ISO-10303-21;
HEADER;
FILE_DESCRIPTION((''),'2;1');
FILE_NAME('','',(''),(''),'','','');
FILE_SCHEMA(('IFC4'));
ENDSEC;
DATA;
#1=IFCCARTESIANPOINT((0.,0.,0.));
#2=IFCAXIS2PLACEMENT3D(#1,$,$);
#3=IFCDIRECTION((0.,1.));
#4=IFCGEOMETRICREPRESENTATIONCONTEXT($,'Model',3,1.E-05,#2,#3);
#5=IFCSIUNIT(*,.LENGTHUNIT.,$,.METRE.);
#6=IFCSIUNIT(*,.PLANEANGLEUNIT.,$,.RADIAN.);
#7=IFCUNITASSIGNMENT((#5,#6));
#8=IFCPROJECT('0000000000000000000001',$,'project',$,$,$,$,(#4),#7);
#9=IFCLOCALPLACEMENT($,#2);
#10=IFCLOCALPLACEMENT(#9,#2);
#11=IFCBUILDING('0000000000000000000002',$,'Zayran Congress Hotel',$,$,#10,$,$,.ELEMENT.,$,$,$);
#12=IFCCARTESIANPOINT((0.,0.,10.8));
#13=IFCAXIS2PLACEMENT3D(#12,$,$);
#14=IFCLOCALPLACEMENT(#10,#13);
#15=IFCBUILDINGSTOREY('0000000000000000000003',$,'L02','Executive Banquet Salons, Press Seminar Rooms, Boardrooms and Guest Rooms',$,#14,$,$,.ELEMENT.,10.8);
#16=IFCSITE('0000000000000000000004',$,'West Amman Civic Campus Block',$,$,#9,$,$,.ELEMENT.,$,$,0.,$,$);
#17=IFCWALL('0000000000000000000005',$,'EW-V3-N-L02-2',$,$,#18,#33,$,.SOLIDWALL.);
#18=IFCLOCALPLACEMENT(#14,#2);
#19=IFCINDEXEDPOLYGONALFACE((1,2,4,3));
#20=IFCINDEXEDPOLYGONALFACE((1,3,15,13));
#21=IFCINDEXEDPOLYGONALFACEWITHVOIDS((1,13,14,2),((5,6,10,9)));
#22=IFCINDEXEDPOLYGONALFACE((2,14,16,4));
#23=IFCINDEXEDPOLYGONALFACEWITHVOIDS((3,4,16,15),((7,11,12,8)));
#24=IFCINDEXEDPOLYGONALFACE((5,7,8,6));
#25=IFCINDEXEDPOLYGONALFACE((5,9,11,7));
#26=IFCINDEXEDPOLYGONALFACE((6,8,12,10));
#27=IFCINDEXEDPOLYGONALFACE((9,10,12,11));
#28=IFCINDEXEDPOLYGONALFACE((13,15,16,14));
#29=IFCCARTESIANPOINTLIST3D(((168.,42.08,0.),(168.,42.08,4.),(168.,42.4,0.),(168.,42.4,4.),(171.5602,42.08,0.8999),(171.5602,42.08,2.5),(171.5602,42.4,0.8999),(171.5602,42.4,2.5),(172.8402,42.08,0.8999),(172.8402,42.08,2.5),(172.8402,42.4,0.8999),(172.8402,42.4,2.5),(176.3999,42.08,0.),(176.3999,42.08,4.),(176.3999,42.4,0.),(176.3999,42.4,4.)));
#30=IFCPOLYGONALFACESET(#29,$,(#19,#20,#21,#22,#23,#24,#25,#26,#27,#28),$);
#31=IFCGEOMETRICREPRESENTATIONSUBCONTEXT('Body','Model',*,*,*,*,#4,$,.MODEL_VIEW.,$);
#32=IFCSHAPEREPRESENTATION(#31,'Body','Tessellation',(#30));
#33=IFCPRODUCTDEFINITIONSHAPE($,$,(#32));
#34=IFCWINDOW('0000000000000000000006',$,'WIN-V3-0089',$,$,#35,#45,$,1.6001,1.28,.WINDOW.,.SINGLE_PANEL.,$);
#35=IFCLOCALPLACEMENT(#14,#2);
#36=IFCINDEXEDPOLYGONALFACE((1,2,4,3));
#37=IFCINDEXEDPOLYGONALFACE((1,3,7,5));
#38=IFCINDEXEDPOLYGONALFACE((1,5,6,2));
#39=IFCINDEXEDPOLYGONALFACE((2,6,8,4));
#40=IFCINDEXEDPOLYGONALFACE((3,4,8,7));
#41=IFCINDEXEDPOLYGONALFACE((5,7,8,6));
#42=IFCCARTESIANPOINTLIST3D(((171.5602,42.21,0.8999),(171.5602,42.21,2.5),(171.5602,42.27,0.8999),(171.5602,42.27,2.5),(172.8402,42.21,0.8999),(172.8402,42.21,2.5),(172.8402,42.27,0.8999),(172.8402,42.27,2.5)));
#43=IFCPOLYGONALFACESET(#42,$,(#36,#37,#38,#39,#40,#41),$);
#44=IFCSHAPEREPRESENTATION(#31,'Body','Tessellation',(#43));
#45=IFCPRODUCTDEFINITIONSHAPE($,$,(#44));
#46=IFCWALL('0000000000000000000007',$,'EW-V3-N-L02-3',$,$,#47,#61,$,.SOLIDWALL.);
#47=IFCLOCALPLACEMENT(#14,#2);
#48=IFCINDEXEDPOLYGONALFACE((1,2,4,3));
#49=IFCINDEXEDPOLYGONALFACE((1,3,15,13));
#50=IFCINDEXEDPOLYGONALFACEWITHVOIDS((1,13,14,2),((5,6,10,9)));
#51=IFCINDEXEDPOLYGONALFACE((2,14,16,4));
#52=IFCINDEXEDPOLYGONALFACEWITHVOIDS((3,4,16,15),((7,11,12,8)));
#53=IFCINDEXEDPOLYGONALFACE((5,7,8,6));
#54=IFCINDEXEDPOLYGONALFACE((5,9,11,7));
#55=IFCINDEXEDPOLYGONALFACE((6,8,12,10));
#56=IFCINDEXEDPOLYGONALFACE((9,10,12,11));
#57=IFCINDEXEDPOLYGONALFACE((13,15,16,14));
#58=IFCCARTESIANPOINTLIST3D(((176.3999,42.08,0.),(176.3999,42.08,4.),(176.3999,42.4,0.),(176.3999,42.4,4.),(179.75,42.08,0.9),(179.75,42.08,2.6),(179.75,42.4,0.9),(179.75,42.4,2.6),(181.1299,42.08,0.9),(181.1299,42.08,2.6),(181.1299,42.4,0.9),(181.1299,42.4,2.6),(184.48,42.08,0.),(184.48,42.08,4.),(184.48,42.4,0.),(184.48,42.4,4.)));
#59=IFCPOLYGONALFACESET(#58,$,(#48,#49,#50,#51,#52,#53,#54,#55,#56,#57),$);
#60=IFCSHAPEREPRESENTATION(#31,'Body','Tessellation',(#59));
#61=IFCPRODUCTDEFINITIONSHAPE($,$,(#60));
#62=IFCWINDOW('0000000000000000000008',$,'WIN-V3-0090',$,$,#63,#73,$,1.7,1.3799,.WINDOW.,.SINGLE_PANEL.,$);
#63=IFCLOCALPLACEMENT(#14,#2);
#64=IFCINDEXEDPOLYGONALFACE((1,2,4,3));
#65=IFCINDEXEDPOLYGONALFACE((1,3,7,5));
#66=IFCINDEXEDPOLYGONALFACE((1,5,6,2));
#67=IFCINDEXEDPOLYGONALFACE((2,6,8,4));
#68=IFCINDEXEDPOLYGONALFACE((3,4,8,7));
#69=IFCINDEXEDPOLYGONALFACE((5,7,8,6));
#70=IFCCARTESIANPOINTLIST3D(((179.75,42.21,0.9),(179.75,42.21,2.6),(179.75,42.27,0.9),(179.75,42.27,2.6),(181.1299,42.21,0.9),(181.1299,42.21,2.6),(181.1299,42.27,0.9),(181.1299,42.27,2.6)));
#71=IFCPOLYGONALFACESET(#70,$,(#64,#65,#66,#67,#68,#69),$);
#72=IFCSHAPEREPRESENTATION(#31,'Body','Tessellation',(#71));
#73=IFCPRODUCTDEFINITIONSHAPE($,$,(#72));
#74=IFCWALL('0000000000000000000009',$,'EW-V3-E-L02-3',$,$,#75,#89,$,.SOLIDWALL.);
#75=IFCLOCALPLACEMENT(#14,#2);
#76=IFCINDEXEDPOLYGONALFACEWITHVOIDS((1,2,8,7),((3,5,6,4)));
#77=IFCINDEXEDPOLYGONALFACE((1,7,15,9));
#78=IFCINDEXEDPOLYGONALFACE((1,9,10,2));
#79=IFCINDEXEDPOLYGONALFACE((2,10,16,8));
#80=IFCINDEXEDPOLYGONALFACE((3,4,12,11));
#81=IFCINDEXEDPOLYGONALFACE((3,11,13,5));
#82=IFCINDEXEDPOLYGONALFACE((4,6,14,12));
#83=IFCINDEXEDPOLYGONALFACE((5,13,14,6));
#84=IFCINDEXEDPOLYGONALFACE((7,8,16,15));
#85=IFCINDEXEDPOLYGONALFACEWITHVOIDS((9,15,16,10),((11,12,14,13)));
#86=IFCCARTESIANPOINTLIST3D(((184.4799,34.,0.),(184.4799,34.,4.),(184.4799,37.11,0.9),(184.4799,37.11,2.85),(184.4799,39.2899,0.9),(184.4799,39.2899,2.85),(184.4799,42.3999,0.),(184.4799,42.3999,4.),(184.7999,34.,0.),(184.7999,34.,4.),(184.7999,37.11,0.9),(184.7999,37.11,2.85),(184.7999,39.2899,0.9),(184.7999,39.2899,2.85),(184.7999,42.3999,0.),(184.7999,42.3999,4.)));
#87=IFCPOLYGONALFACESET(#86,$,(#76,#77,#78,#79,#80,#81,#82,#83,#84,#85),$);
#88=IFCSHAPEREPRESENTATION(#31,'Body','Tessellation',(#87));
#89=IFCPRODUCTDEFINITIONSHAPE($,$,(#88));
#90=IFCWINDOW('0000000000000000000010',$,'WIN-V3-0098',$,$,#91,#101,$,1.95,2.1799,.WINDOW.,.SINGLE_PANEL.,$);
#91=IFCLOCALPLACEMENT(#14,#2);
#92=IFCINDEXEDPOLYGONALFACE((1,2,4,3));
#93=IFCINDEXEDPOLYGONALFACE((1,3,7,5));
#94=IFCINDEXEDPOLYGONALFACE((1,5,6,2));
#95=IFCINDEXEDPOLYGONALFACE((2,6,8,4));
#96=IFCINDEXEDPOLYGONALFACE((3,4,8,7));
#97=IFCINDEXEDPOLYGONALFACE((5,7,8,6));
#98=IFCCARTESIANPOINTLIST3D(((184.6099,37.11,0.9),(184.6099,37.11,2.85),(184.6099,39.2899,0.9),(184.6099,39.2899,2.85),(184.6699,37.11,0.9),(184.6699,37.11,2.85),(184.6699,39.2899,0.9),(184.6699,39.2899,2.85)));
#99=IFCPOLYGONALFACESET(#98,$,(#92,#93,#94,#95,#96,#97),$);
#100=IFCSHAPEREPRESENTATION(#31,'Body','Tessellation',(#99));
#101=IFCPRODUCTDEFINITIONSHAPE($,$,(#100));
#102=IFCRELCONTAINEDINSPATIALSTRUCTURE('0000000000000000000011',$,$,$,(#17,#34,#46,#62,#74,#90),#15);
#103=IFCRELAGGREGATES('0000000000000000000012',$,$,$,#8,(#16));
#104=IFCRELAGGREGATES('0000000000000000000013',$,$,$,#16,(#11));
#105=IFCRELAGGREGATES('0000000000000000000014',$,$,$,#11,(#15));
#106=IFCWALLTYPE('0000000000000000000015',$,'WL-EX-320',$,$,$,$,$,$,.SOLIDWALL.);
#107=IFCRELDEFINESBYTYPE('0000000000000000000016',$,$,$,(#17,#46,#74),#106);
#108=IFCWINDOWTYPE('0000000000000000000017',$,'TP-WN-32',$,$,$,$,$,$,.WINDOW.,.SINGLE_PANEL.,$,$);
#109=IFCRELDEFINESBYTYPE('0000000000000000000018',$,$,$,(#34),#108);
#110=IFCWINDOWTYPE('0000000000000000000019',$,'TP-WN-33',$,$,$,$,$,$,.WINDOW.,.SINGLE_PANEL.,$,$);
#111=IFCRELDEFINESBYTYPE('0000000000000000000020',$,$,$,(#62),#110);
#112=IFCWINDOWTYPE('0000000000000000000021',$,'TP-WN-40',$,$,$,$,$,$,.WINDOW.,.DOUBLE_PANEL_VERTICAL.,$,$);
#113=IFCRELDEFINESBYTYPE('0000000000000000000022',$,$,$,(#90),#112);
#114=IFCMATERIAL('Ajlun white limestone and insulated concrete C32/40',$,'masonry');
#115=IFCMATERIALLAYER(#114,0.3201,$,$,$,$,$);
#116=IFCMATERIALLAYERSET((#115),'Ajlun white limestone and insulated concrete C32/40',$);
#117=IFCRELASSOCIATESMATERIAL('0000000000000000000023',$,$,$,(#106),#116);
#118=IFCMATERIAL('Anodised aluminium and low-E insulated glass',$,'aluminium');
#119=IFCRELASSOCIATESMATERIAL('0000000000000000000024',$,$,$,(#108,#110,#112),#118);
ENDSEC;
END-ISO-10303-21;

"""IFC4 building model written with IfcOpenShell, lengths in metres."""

from ifc_helpers import new_model, si_unit, direction, frame, frame_2d, origin, place, context, subcontext, project, spatial, rectangle, extrude, material, layer, layer_set, type_object, element, fill, save


model = new_model("IFC4")

# Units and contexts
model_context = context("Model", 3, precision=1e-05, world=origin(), true_north=direction((0.0, 1.0)))
body_context = subcontext(model_context, "Body", "Model", "MODEL_VIEW")
ifc_project = project(units=[si_unit("LENGTHUNIT", "METRE"), si_unit("PLANEANGLEUNIT", "RADIAN")], contexts=[model_context])

# Site, building, storey
site_placement = place(None, origin())
site = spatial("IfcSite", under=ifc_project, at=site_placement, Name="West Amman Civic Campus Block", CompositionType="ELEMENT", RefElevation=0.0)
building_placement = place(site_placement, origin())
building = spatial("IfcBuilding", under=site, at=building_placement, Name="Zayran Congress Hotel", CompositionType="ELEMENT")
storey_placement = place(building_placement, frame((0.0, 0.0, 10.8)))
storey = spatial("IfcBuildingStorey", under=building, at=storey_placement, Name="L02", Description="Executive Banquet Salons, Press Seminar Rooms, Boardrooms and Guest Rooms", CompositionType="ELEMENT", Elevation=10.8)

# Shared definitions
ifc_material_1 = material(Name="Anodised aluminium and low-E insulated glass", Category="aluminium")

# Walls, openings, windows
ifc_material_2 = material(Name="Ajlun white limestone and insulated concrete C32/40", Category="masonry")
ifc_layer_1 = layer(ifc_material_2, 0.3201)
ifc_layer_set_1 = layer_set([ifc_layer_1], Name="Ajlun white limestone and insulated concrete C32/40")
wall_type = type_object("IfcWallType", Name="WL-EX-320", PredefinedType="SOLIDWALL", material=ifc_layer_set_1)
wall_1_placement = place(storey_placement, frame((168.0, 42.24, 0.0), z_axis=(0.0, 0.0, 1.0), x_axis=(1.0, 0.0, 0.0)))
wall_1 = element("IfcWall", 1, at=wall_1_placement, inside=storey, type_object=wall_type, Name="EW-V3-N-L02-2", PredefinedType="SOLIDWALL", context=body_context, shape_type="SweptSolid", body=[
    extrude(rectangle(XDim=8.3999, YDim=0.3201, at=frame_2d((4.2, 0.0))), origin(), (0.0, 0.0, 1.0), 4.0),
])
opening_1_placement = place(wall_1_placement, frame((3.5601, 0.0, 0.8999)))
opening_1 = element("IfcOpeningElement", 2, at=opening_1_placement, cuts=wall_1, PredefinedType="OPENING", context=body_context, shape_type="SweptSolid", body=[
    extrude(rectangle(XDim=1.28, YDim=1.6001, at=frame_2d((0.6401, 0.8))), frame((0.0, 0.1699, 0.0), z_axis=(0.0, -1.0, 0.0), x_axis=(1.0, 0.0, 0.0)), (0.0, 0.0, 1.0), 0.3401),
])
window_type_1 = type_object("IfcWindowType", Name="TP-WN-32", PartitioningType="SINGLE_PANEL", PredefinedType="WINDOW", material=ifc_material_1)
window_1_placement = place(opening_1_placement, origin())
window_1 = element("IfcWindow", 3, at=window_1_placement, inside=storey, type_object=window_type_1, Name="WIN-V3-0089", OverallHeight=1.6001, OverallWidth=1.28, PartitioningType="SINGLE_PANEL", PredefinedType="WINDOW", context=body_context, shape_type="SweptSolid", body=[
    extrude(rectangle(XDim=1.28, YDim=1.6001, at=frame_2d((0.6401, 0.8))), frame((0.0, 0.03, 0.0), z_axis=(0.0, -1.0, 0.0), x_axis=(1.0, 0.0, 0.0)), (0.0, 0.0, 1.0), 0.0601),
])
fill(opening_1, window_1)
wall_2_placement = place(storey_placement, frame((176.3999, 42.24, 0.0), z_axis=(0.0, 0.0, 1.0), x_axis=(1.0, 0.0, 0.0)))
wall_2 = element("IfcWall", 4, at=wall_2_placement, inside=storey, type_object=wall_type, Name="EW-V3-N-L02-3", PredefinedType="SOLIDWALL", context=body_context, shape_type="SweptSolid", body=[
    extrude(rectangle(XDim=8.0801, YDim=0.3201, at=frame_2d((4.04, 0.0))), origin(), (0.0, 0.0, 1.0), 4.0),
])
opening_2_placement = place(wall_2_placement, frame((3.3501, 0.0, 0.8999)))
opening_2 = element("IfcOpeningElement", 5, at=opening_2_placement, cuts=wall_2, PredefinedType="OPENING", context=body_context, shape_type="SweptSolid", body=[
    extrude(rectangle(XDim=1.3799, YDim=1.7, at=frame_2d((0.6899, 0.8501))), frame((0.0, 0.1699, 0.0), z_axis=(0.0, -1.0, 0.0), x_axis=(1.0, 0.0, 0.0)), (0.0, 0.0, 1.0), 0.3401),
])
window_type_2 = type_object("IfcWindowType", Name="TP-WN-33", PartitioningType="SINGLE_PANEL", PredefinedType="WINDOW", material=ifc_material_1)
window_2_placement = place(opening_2_placement, origin())
window_2 = element("IfcWindow", 6, at=window_2_placement, inside=storey, type_object=window_type_2, Name="WIN-V3-0090", OverallHeight=1.7, OverallWidth=1.3799, PartitioningType="SINGLE_PANEL", PredefinedType="WINDOW", context=body_context, shape_type="SweptSolid", body=[
    extrude(rectangle(XDim=1.3799, YDim=1.7, at=frame_2d((0.6899, 0.8501))), frame((0.0, 0.03, 0.0), z_axis=(0.0, -1.0, 0.0), x_axis=(1.0, 0.0, 0.0)), (0.0, 0.0, 1.0), 0.0601),
])
fill(opening_2, window_2)
wall_3_placement = place(storey_placement, frame((184.6399, 42.3999, 0.0), z_axis=(0.0, 0.0, 1.0), x_axis=(0.0, -1.0, 0.0)))
wall_3 = element("IfcWall", 7, at=wall_3_placement, inside=storey, type_object=wall_type, Name="EW-V3-E-L02-3", PredefinedType="SOLIDWALL", context=body_context, shape_type="SweptSolid", body=[
    extrude(rectangle(XDim=8.3999, YDim=0.3201, at=frame_2d((4.2, 0.0))), origin(), (0.0, 0.0, 1.0), 4.0),
])
opening_3_placement = place(wall_3_placement, frame((3.1101, 0.0, 0.8999)))
opening_3 = element("IfcOpeningElement", 8, at=opening_3_placement, cuts=wall_3, PredefinedType="OPENING", context=body_context, shape_type="SweptSolid", body=[
    extrude(rectangle(XDim=2.1799, YDim=1.95, at=frame_2d((1.0898, 0.9751))), frame((0.0, 0.1699, 0.0), z_axis=(0.0, -1.0, 0.0), x_axis=(1.0, 0.0, 0.0)), (0.0, 0.0, 1.0), 0.3401),
])
window_type_3 = type_object("IfcWindowType", Name="TP-WN-40", PartitioningType="DOUBLE_PANEL_VERTICAL", PredefinedType="WINDOW", material=ifc_material_1)
window_3_placement = place(opening_3_placement, origin())
window_3 = element("IfcWindow", 9, at=window_3_placement, inside=storey, type_object=window_type_3, Name="WIN-V3-0098", OverallHeight=1.95, OverallWidth=2.1799, PartitioningType="SINGLE_PANEL", PredefinedType="WINDOW", context=body_context, shape_type="SweptSolid", body=[
    extrude(rectangle(XDim=2.1799, YDim=1.95, at=frame_2d((1.0898, 0.9751))), frame((0.0, 0.03, 0.0), z_axis=(0.0, -1.0, 0.0), x_axis=(1.0, 0.0, 0.0)), (0.0, 0.0, 1.0), 0.0601),
])
fill(opening_3, window_3)

save(model, "model.ifc")
